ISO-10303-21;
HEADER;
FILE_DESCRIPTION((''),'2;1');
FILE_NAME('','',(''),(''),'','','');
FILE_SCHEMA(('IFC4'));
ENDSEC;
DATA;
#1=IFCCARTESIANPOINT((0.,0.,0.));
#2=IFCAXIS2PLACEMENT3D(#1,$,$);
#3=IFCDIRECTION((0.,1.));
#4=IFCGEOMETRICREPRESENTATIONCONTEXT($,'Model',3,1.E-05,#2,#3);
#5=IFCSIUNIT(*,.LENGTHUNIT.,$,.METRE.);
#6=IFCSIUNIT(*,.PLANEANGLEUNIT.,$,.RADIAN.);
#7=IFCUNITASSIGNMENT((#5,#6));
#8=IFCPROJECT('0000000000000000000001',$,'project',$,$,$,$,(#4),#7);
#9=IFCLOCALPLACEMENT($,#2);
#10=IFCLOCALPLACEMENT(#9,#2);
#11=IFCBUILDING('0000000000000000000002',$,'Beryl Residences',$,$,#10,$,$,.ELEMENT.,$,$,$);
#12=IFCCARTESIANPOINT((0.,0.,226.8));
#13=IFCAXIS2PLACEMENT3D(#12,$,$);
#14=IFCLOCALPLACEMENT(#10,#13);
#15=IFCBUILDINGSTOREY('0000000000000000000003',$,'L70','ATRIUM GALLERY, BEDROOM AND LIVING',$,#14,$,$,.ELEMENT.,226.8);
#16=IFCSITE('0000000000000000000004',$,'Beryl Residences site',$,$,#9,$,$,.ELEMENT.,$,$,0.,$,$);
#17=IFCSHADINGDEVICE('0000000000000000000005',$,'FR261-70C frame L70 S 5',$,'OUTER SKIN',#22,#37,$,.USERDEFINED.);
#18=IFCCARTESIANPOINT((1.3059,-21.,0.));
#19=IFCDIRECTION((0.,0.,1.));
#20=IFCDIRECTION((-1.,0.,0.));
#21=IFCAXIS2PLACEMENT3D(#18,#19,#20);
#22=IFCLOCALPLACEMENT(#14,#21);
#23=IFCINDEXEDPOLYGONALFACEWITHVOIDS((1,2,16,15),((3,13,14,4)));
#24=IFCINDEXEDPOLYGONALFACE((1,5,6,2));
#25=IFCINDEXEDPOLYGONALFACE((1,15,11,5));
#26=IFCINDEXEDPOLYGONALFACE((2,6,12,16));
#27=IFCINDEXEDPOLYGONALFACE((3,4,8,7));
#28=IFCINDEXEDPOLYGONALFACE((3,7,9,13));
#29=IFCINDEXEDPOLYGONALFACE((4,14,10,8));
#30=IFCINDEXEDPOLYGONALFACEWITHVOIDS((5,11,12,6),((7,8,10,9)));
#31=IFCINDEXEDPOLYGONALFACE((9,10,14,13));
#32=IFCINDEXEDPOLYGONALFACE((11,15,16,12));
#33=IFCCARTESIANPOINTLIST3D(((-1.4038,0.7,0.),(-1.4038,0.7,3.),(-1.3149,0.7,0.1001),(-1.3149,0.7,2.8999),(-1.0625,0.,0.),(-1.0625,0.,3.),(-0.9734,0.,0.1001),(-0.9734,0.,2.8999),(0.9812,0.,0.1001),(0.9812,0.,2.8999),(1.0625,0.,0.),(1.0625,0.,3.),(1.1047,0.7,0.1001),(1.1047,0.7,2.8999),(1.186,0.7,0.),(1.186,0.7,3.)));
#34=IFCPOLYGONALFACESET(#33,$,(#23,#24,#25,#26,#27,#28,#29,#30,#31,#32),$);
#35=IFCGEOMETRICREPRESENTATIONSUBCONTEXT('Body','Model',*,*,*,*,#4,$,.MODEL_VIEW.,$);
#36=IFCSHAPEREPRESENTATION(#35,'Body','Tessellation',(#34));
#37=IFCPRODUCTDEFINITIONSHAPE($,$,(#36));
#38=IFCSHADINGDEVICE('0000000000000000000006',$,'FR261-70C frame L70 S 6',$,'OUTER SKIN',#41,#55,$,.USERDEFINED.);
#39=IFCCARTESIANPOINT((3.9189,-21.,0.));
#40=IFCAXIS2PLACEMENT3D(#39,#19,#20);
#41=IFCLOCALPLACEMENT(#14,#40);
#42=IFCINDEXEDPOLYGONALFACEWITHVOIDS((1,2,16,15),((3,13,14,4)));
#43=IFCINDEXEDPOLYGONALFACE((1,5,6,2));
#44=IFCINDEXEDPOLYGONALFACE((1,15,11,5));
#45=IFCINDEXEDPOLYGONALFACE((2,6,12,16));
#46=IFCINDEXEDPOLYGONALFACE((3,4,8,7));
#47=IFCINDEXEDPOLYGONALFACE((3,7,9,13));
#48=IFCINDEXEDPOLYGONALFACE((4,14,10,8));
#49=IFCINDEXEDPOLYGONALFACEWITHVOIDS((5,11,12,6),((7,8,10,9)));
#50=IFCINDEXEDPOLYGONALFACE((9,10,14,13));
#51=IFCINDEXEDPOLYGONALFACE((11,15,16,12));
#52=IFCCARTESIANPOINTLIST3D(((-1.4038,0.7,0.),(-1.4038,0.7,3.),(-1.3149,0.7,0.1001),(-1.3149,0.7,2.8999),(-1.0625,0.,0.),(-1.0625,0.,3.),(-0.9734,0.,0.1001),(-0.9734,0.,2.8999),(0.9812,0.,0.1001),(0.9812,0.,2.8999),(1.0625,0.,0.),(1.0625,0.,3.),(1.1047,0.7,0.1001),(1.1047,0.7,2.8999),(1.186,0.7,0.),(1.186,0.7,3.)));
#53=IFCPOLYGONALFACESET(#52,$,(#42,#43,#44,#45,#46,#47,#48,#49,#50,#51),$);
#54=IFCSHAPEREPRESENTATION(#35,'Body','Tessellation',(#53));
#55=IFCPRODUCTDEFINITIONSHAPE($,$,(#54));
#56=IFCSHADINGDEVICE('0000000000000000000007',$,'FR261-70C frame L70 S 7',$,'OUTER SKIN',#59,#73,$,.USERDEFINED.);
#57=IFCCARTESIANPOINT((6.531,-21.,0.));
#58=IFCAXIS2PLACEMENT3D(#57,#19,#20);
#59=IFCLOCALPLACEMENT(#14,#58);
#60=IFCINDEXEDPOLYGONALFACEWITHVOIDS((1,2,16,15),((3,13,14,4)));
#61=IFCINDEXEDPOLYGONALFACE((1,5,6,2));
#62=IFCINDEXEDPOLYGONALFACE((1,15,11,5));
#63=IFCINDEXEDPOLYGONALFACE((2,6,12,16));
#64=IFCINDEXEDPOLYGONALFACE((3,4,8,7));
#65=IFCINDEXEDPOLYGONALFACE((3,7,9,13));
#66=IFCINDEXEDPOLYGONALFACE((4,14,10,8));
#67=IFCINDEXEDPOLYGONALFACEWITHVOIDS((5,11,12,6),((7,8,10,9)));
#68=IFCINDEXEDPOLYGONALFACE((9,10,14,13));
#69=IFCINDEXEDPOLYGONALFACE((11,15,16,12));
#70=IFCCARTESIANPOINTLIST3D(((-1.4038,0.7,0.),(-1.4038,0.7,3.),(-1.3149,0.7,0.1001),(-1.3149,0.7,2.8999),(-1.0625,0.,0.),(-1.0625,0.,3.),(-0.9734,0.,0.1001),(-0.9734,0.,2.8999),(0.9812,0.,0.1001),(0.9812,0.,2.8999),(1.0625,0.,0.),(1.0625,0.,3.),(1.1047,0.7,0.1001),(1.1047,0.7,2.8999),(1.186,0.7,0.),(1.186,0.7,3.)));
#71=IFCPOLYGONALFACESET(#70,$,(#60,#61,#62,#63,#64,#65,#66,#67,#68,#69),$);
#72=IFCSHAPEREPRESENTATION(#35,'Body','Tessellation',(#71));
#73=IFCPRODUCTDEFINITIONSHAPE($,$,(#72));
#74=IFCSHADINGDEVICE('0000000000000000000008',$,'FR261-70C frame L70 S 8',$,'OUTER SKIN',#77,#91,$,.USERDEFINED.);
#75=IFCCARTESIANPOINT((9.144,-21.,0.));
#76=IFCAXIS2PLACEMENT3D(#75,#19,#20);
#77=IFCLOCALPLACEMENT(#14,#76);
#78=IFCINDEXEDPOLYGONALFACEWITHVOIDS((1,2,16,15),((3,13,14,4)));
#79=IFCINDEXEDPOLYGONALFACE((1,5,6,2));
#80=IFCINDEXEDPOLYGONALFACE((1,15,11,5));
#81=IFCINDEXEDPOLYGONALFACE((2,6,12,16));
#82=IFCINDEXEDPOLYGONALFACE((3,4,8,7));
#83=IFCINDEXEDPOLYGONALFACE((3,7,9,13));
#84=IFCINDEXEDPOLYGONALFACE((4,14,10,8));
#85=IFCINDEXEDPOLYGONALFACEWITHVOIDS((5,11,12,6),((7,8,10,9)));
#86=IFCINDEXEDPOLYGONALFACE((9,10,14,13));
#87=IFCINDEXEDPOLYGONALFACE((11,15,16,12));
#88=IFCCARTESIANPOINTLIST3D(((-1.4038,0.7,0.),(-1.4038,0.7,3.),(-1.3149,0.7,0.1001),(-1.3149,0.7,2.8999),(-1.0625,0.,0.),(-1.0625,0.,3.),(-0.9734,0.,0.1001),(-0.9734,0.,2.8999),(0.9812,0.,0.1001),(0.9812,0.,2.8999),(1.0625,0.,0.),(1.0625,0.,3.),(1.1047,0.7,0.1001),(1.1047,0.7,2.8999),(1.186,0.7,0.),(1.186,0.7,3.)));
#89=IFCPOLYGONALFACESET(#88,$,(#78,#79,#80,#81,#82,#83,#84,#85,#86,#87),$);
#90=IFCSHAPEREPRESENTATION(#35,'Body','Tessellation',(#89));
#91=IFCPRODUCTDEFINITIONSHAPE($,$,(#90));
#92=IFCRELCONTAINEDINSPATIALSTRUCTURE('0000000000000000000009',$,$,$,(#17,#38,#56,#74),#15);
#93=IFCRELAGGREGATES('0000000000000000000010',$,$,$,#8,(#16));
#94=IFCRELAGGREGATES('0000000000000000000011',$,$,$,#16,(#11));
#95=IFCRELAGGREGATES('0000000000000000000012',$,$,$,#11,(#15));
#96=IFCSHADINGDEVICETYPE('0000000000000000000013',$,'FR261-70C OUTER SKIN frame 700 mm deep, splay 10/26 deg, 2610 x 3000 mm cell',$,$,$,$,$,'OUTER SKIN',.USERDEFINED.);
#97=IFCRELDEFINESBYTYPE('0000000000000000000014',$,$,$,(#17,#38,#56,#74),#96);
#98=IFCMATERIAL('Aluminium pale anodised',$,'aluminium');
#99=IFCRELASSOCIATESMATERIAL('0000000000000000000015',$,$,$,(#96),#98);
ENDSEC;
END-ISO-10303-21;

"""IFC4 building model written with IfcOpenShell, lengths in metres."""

from ifc_helpers import new_model, entity, si_unit, direction, frame, origin, place, context, subcontext, project, spatial, source, transform, mapped, material, type_object, type_shapes, element, save


model = new_model("IFC4")

# Units and contexts
model_context = context("Model", 3, precision=1e-05, world=origin(), true_north=direction((0.0, 1.0)))
body_context = subcontext(model_context, "Body", "Model", "MODEL_VIEW")
ifc_project = project(units=[si_unit("LENGTHUNIT", "METRE"), si_unit("PLANEANGLEUNIT", "RADIAN")], contexts=[model_context])

# Site, building, storey
site_placement = place(None, origin())
site = spatial("IfcSite", under=ifc_project, at=site_placement, Name="Beryl Residences site", CompositionType="ELEMENT", RefElevation=0.0)
building_placement = place(site_placement, origin())
building = spatial("IfcBuilding", under=site, at=building_placement, Name="Beryl Residences", CompositionType="ELEMENT")
storey_placement = place(building_placement, frame((0.0, 0.0, 226.8)))
storey = spatial("IfcBuildingStorey", under=building, at=storey_placement, Name="L70", Description="ATRIUM GALLERY, BEDROOM AND LIVING", CompositionType="ELEMENT", Elevation=226.8)

# Shading devices
ifc_material_1 = material(Name="Aluminium pale anodised", Category="aluminium")
shading_device_type = type_object("IfcShadingDeviceType", Name="FR261-70C OUTER SKIN frame 700 mm deep, splay 10/26 deg, 2610 x 3000 mm cell", ElementType="OUTER SKIN", PredefinedType="USERDEFINED", material=ifc_material_1)
cartesian_point_1 = entity("IfcCartesianPoint", [-1.0625, 0.0])
cartesian_point_2 = entity("IfcCartesianPoint", [-0.9812, 0.1001])
cartesian_point_3 = entity("IfcCartesianPoint", [-1.186, 0.0])
cartesian_point_4 = entity("IfcCartesianPoint", [-1.1047, 0.1001])
shared_shape_1 = source(origin(), body_context, "Body", "SweptSolid", [
    entity("IfcExtrudedAreaSolidTapered", entity("IfcArbitraryProfileDefWithVoids", "AREA", None, entity("IfcPolyline", [cartesian_point_1, entity("IfcCartesianPoint", [1.0625, 0.0]), entity("IfcCartesianPoint", [1.0625, 3.0]), entity("IfcCartesianPoint", [-1.0625, 3.0]), cartesian_point_1]), [entity("IfcPolyline", [cartesian_point_2, entity("IfcCartesianPoint", [0.9734, 0.1001]), entity("IfcCartesianPoint", [0.9734, 2.8999]), entity("IfcCartesianPoint", [-0.9812, 2.8999]), cartesian_point_2])]), entity("IfcAxis2Placement3D", entity("IfcCartesianPoint", [0.0, 0.0, 0.0]), entity("IfcDirection", [0.0, 1.0, 0.0]), entity("IfcDirection", [-1.0, 0.0, 0.0])), entity("IfcDirection", [0.0, 0.0, 1.0]), 0.7, entity("IfcArbitraryProfileDefWithVoids", "AREA", None, entity("IfcPolyline", [cartesian_point_3, entity("IfcCartesianPoint", [1.4038, 0.0]), entity("IfcCartesianPoint", [1.4038, 3.0]), entity("IfcCartesianPoint", [-1.186, 3.0]), cartesian_point_3]), [entity("IfcPolyline", [cartesian_point_4, entity("IfcCartesianPoint", [1.3149, 0.1001]), entity("IfcCartesianPoint", [1.3149, 2.8999]), entity("IfcCartesianPoint", [-1.1047, 2.8999]), cartesian_point_4])])),
])
type_shapes(shading_device_type, [shared_shape_1])
for number, where, z_axis, x_axis, name in (
    (1, (1.3059, -21.0, 0.0), (0.0, 0.0, 1.0), (-1.0, 0.0, 0.0), "FR261-70C frame L70 S 5"),
    (2, (3.9189, -21.0, 0.0), (0.0, 0.0, 1.0), (-1.0, 0.0, 0.0), "FR261-70C frame L70 S 6"),
    (3, (6.531, -21.0, 0.0), (0.0, 0.0, 1.0), (-1.0, 0.0, 0.0), "FR261-70C frame L70 S 7"),
    (4, (9.144, -21.0, 0.0), (0.0, 0.0, 1.0), (-1.0, 0.0, 0.0), "FR261-70C frame L70 S 8"),
):
    element("IfcShadingDevice", number, at=place(storey_placement, frame(where, z_axis=z_axis, x_axis=x_axis)), inside=storey, type_object=shading_device_type, Name=name, ObjectType="OUTER SKIN", PredefinedType="USERDEFINED", context=body_context, shape_type="MappedRepresentation", body=[
        mapped(shared_shape_1, transform((0.0, 0.0, 0.0))),
    ])

save(model, "model.ifc")
